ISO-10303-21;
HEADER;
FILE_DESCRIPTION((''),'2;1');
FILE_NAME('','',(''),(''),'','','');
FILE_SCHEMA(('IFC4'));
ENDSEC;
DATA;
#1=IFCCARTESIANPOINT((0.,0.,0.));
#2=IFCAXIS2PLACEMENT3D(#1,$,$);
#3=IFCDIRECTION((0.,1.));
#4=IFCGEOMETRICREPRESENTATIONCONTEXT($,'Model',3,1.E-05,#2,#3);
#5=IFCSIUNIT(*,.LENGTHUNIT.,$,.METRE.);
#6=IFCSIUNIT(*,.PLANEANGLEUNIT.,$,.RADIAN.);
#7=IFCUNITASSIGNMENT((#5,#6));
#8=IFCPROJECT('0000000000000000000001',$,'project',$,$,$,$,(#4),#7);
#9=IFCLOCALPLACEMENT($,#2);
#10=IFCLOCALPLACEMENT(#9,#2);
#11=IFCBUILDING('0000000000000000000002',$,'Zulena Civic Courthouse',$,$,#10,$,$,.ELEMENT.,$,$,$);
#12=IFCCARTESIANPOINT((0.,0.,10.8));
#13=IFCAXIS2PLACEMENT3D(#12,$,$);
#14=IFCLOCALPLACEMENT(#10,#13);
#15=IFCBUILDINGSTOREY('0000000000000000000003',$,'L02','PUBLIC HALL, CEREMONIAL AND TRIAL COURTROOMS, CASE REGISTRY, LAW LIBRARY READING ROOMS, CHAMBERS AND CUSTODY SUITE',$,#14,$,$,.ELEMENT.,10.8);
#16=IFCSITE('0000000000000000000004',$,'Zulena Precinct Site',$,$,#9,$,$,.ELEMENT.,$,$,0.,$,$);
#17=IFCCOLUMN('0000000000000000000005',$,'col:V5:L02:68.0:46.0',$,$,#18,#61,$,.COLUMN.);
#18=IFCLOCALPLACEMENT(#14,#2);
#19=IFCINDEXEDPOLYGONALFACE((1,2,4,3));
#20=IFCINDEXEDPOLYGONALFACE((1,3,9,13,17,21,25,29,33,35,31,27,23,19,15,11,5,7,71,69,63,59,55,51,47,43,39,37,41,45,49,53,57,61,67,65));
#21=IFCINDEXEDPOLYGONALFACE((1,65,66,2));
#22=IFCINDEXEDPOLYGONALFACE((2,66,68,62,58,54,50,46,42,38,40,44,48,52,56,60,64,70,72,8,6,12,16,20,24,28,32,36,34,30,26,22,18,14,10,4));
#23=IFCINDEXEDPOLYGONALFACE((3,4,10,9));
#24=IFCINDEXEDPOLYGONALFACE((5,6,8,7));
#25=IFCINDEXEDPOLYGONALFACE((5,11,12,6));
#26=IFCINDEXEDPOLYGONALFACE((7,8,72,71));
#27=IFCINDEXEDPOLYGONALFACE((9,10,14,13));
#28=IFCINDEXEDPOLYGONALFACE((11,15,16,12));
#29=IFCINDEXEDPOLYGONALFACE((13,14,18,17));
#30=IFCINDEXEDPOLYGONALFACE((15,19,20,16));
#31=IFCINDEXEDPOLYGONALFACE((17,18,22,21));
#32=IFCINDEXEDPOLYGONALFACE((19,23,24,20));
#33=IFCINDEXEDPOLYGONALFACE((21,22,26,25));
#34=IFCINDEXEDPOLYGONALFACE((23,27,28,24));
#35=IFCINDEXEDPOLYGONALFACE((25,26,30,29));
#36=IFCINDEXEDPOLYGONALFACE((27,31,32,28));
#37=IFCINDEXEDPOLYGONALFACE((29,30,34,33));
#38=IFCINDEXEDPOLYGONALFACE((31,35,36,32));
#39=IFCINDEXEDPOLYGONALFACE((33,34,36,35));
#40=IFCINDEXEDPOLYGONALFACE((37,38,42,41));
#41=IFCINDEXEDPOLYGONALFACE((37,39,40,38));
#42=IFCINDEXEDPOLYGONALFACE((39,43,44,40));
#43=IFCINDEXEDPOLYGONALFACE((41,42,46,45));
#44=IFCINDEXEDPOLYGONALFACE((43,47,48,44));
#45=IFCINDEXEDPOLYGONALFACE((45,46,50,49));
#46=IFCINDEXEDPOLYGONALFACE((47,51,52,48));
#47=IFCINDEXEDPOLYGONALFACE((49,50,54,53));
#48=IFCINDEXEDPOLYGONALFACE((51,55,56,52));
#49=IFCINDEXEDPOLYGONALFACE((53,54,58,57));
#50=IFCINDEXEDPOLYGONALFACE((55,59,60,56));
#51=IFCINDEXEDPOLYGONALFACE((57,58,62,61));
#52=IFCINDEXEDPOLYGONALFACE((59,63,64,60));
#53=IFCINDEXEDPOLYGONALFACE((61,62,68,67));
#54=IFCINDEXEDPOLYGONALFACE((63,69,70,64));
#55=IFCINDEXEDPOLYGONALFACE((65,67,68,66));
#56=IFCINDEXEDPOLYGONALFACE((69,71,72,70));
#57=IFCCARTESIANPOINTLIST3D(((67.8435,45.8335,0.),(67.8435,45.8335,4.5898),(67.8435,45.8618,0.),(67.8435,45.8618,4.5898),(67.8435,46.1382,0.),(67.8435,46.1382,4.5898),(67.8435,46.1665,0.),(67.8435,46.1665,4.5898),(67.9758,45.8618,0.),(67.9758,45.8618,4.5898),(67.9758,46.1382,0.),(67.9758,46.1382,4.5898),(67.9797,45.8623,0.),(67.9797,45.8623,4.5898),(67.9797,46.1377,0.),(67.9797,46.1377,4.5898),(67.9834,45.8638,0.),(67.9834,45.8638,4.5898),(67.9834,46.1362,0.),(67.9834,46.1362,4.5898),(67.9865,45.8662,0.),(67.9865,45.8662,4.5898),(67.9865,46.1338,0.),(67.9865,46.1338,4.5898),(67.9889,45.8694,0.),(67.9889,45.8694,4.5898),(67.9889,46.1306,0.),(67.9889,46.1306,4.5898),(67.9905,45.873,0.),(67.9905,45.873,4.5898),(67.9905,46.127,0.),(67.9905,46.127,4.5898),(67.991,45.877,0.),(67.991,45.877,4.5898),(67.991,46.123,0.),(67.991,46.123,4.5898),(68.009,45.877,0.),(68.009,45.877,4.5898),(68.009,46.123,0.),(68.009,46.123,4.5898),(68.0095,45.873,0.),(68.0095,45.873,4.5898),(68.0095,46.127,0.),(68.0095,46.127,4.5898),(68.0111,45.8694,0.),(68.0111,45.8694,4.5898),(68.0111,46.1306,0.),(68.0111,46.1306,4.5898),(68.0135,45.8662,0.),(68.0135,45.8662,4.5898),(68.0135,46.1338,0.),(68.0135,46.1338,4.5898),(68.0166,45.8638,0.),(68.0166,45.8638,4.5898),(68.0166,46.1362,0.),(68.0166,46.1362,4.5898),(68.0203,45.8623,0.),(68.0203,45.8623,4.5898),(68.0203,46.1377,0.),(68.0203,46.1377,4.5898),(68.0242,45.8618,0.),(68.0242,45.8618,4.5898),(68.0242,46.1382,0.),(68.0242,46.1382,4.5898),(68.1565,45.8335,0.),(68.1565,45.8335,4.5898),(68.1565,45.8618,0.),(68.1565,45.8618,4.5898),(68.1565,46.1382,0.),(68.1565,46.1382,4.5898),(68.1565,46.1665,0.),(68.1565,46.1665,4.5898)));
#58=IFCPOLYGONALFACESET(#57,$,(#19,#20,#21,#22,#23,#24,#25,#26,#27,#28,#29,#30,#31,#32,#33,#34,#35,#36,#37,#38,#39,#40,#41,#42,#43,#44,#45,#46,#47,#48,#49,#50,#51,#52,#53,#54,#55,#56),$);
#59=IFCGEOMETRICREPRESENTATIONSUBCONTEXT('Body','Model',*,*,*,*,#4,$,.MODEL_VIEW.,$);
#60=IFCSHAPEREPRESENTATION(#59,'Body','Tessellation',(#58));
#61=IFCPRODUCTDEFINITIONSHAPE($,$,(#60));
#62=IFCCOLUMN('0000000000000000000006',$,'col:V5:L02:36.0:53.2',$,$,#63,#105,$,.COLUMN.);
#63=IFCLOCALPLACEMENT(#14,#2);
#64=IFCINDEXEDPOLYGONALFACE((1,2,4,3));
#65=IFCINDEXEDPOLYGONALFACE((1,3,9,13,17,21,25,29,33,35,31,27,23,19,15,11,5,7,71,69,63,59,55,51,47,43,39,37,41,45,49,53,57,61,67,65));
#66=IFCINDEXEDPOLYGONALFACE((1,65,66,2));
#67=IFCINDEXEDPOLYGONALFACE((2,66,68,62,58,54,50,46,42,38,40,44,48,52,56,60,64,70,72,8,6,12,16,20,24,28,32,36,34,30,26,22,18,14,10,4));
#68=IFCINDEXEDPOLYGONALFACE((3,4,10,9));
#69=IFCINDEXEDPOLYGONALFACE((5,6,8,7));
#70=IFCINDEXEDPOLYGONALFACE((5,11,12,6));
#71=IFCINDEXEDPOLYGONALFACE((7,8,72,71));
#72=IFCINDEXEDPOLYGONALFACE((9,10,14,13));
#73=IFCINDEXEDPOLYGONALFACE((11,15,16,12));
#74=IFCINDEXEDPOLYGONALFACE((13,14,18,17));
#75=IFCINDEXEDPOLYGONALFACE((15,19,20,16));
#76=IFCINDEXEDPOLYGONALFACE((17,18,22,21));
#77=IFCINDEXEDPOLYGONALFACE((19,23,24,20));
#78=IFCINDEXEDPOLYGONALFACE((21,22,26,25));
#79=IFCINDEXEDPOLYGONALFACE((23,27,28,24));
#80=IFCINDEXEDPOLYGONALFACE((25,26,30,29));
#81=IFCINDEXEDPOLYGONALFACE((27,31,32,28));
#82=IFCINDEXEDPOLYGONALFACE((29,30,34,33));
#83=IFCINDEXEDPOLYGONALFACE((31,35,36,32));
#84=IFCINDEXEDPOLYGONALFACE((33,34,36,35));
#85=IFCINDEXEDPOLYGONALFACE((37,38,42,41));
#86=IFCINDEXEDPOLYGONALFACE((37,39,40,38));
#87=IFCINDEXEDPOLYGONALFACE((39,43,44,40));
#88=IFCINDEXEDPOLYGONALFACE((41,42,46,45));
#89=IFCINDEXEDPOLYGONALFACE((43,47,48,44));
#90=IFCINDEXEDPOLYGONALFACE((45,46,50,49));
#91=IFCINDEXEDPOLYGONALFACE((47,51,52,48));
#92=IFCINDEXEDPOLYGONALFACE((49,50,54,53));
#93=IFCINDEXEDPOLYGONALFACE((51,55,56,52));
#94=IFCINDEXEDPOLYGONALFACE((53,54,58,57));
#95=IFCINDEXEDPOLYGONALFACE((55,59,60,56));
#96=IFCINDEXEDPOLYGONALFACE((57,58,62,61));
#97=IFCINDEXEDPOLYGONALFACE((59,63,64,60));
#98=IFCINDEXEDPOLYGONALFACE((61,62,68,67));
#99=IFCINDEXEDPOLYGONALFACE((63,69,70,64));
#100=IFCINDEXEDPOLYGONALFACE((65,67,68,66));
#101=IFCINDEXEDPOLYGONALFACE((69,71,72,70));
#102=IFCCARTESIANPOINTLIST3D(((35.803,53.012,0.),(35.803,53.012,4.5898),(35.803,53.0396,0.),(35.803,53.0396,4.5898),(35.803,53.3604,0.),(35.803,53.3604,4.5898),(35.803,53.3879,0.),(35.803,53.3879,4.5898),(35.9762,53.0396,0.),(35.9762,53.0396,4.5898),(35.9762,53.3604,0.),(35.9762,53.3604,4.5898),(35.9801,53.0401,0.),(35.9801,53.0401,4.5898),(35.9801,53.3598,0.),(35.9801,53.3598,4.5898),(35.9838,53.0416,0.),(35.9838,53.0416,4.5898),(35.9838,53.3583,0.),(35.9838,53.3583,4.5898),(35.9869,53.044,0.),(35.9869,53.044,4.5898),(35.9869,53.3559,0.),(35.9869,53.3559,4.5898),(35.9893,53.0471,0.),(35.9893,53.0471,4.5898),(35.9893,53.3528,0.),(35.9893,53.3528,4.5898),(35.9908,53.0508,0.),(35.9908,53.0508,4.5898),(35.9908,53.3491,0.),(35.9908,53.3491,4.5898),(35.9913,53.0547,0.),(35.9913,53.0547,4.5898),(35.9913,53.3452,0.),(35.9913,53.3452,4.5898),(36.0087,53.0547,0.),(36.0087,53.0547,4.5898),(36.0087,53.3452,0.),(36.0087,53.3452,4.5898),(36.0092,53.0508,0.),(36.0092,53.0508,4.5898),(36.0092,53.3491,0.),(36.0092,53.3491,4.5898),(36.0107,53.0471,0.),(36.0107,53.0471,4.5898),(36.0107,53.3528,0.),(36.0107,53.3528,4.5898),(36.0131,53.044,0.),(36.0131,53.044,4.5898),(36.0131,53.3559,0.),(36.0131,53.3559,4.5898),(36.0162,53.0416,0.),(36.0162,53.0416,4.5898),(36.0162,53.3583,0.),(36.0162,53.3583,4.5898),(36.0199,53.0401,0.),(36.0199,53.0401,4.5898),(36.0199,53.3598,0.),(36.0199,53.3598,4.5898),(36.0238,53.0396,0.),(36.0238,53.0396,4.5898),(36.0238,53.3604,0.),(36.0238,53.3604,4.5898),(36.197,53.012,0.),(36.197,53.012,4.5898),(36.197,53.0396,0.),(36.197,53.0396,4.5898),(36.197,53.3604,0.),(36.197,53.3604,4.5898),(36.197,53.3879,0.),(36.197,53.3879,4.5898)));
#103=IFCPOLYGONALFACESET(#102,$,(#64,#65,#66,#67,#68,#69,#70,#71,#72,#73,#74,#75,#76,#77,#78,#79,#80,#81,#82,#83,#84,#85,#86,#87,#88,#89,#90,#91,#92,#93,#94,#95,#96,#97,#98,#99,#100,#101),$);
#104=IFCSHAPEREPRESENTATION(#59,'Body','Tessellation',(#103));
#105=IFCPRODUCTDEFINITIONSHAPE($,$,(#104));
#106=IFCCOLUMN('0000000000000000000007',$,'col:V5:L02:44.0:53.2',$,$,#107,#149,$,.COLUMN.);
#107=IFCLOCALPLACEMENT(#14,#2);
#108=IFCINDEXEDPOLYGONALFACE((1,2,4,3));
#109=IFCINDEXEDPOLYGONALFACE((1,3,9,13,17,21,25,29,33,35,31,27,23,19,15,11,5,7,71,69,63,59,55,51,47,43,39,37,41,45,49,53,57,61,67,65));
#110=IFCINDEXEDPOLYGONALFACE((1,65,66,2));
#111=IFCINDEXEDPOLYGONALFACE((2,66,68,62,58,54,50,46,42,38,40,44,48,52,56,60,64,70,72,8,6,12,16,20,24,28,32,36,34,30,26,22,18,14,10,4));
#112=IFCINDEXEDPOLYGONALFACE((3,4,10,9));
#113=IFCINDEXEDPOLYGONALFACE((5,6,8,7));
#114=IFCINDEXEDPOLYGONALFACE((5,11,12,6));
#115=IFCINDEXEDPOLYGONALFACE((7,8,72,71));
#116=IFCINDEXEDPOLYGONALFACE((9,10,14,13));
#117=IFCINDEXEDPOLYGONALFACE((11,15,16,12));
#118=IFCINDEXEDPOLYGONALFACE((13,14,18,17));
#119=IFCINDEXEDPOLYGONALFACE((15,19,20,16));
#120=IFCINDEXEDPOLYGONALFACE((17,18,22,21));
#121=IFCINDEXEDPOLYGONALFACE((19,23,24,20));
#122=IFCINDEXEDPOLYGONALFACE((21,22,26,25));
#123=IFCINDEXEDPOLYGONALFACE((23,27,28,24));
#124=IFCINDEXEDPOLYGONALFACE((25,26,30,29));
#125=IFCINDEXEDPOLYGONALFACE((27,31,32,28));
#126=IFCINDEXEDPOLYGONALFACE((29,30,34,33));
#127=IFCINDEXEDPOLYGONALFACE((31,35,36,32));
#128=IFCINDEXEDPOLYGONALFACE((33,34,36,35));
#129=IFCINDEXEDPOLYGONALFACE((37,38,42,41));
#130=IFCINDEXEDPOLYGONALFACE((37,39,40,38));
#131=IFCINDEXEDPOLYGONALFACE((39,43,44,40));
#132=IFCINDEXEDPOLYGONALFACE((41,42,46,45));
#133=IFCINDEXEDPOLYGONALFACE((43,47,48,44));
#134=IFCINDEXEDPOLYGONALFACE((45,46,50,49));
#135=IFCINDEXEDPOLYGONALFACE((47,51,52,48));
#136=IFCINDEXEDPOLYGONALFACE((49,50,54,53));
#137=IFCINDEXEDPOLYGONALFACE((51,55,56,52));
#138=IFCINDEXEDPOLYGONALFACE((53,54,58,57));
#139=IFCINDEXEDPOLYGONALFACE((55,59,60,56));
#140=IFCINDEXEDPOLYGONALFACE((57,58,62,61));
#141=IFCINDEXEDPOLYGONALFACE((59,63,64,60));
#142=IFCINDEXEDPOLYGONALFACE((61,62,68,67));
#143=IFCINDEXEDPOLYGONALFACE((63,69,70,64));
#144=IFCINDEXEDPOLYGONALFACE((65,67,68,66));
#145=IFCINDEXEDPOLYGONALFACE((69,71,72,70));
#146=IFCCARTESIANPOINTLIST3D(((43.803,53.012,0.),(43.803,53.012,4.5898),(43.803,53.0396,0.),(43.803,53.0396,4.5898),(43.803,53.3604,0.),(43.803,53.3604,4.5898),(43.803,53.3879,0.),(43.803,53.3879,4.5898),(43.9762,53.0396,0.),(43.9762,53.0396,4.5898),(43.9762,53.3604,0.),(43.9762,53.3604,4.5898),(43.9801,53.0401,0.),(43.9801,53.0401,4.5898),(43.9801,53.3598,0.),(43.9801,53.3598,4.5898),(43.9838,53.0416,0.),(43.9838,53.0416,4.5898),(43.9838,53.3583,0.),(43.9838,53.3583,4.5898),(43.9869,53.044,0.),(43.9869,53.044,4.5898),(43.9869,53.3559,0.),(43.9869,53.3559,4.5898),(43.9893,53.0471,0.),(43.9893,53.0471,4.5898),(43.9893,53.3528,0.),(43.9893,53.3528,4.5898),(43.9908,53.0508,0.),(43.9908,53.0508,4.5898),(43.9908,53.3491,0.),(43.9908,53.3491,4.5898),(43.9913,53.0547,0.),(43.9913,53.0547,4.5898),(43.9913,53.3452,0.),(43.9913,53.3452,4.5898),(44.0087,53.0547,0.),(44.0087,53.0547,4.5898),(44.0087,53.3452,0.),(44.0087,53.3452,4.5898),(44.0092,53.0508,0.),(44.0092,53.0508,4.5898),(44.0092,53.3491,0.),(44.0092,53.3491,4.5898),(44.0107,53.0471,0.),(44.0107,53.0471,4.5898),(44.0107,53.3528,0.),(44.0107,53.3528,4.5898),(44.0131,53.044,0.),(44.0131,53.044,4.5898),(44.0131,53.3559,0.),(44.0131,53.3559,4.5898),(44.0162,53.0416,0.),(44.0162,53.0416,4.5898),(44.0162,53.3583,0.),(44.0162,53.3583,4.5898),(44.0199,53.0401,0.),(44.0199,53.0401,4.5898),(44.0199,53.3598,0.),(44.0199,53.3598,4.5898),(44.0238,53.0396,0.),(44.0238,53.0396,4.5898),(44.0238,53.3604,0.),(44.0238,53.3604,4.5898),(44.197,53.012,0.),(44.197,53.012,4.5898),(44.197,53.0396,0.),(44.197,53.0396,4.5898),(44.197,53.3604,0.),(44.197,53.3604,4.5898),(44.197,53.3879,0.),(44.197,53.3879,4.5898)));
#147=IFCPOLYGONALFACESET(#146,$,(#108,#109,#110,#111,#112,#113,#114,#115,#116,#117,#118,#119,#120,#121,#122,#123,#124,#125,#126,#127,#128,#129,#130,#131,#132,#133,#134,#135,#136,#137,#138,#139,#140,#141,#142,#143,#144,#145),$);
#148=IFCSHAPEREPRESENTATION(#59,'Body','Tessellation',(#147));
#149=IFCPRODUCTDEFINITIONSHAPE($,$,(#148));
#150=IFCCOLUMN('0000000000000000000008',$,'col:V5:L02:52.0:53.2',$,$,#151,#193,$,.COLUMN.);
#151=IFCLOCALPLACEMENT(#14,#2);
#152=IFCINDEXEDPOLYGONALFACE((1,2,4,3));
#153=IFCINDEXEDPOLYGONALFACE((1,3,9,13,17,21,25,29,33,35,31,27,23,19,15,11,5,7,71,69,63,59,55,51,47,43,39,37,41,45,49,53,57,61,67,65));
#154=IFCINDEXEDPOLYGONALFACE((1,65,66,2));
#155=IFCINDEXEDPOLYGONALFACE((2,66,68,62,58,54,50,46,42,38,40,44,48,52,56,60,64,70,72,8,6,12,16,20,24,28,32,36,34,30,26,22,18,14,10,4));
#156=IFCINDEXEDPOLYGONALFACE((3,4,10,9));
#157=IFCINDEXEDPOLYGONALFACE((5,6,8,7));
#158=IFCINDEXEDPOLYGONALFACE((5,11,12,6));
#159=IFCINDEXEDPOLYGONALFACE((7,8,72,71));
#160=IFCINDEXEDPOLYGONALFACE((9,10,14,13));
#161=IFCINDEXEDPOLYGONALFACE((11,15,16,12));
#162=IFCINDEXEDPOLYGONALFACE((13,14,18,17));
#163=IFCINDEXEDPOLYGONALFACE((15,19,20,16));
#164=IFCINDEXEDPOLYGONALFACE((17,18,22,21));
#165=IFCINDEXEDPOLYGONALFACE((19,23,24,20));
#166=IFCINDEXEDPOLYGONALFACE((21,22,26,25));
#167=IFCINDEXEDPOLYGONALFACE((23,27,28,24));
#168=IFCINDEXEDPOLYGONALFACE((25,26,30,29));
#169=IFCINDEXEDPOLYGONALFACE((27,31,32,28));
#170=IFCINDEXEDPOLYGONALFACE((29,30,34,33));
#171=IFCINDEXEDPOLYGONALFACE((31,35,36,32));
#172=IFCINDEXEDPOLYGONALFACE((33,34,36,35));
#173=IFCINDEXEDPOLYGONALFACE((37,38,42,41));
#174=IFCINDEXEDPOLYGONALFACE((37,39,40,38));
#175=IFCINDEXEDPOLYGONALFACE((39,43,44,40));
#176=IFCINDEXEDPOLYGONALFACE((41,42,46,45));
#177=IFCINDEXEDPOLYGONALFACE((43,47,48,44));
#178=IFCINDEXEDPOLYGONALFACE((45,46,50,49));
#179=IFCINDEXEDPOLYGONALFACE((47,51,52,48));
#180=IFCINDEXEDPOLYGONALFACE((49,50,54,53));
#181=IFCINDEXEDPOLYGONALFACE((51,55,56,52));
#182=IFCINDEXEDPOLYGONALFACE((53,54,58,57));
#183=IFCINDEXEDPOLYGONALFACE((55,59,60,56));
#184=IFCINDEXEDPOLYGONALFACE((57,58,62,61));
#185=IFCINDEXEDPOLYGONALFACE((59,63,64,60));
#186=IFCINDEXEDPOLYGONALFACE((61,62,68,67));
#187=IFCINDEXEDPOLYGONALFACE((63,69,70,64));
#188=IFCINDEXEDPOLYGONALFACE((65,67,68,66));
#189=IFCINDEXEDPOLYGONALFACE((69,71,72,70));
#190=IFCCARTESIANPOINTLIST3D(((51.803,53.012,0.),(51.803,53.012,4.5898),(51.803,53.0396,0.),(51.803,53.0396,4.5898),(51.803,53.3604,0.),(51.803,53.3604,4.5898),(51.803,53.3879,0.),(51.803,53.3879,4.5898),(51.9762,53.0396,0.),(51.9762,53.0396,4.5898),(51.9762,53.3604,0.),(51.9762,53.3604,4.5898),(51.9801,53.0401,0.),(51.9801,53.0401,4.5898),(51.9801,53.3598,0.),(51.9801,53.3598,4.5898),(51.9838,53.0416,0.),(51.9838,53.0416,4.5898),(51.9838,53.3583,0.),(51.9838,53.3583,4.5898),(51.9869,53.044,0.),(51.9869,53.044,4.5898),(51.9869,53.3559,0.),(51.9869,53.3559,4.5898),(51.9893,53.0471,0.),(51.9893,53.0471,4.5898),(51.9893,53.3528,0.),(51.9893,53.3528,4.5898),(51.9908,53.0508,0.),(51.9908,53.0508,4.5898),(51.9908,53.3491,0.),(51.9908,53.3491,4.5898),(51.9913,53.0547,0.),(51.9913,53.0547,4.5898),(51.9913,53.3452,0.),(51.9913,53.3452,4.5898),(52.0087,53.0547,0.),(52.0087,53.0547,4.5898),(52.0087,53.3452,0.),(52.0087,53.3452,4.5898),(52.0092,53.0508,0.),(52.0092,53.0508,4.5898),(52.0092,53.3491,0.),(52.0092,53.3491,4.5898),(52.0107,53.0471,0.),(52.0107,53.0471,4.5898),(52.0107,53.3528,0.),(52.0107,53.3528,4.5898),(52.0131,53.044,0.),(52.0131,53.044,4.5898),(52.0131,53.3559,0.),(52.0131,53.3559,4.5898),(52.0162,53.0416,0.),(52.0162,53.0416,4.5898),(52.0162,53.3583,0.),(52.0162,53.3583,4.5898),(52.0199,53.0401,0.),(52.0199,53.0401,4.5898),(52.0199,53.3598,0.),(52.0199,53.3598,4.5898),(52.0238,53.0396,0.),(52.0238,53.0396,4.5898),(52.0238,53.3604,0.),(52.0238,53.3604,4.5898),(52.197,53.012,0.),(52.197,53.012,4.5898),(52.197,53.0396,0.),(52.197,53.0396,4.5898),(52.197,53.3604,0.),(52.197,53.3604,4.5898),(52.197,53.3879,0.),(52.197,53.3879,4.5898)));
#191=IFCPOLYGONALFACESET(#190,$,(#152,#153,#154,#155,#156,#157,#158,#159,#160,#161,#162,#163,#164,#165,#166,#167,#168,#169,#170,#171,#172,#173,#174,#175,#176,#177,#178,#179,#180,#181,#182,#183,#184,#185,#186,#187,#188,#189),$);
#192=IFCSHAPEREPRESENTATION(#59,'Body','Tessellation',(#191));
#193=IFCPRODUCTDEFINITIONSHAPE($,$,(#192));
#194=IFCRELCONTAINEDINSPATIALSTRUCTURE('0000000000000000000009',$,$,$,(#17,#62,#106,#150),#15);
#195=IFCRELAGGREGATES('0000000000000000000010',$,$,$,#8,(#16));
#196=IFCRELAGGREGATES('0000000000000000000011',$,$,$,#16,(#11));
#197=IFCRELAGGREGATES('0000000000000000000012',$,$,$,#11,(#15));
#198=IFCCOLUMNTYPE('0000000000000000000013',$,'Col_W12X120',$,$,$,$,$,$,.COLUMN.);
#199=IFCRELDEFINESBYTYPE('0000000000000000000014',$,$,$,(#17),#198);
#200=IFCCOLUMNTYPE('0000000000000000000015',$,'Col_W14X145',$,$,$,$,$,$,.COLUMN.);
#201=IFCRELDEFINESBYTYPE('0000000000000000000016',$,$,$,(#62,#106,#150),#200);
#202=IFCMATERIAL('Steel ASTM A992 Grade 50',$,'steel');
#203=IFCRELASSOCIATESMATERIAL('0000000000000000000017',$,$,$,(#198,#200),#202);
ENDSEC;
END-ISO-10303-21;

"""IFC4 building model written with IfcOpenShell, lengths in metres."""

from ifc_helpers import new_model, si_unit, direction, frame, origin, origin_2d, place, context, subcontext, project, spatial, i_section, extrude, material, material_profile, profile_set, type_object, element, save


model = new_model("IFC4")

# Units and contexts
model_context = context("Model", 3, precision=1e-05, world=origin(), true_north=direction((0.0, 1.0)))
body_context = subcontext(model_context, "Body", "Model", "MODEL_VIEW")
ifc_project = project(units=[si_unit("LENGTHUNIT", "METRE"), si_unit("PLANEANGLEUNIT", "RADIAN")], contexts=[model_context])

# Site, building, storey
site_placement = place(None, origin())
site = spatial("IfcSite", under=ifc_project, at=site_placement, Name="Zulena Precinct Site", CompositionType="ELEMENT", RefElevation=0.0)
building_placement = place(site_placement, origin())
building = spatial("IfcBuilding", under=site, at=building_placement, Name="Zulena Civic Courthouse", CompositionType="ELEMENT")
storey_placement = place(building_placement, frame((0.0, 0.0, 10.8)))
storey = spatial("IfcBuildingStorey", under=building, at=storey_placement, Name="L02", Description="PUBLIC HALL, CEREMONIAL AND TRIAL COURTROOMS, CASE REGISTRY, LAW LIBRARY READING ROOMS, CHAMBERS AND CUSTODY SUITE", CompositionType="ELEMENT", Elevation=10.8)

# Columns
ifc_material_1 = material(Name="Steel ASTM A992 Grade 50", Category="steel")
ifc_material_profile_1 = material_profile(ifc_material_1, i_section(OverallWidth=0.313, OverallDepth=0.333, WebThickness=0.0181, FlangeThickness=0.0283, FilletRadius=0.0151, at=origin_2d()), Name="W12X120")
ifc_profile_set_1 = profile_set([ifc_material_profile_1], Name="Steel ASTM A992 Grade 50")
column_type_1 = type_object("IfcColumnType", Name="Col_W12X120", PredefinedType="COLUMN", material=ifc_profile_set_1)
column_placement = place(storey_placement, frame((68.0, 46.0, 0.0), z_axis=(0.0, 0.0, 1.0), x_axis=(1.0, 0.0, 0.0)))
element("IfcColumn", 1, at=column_placement, inside=storey, type_object=column_type_1, Name="col:V5:L02:68.0:46.0", PredefinedType="COLUMN", context=body_context, shape_type="SweptSolid", body=[
    extrude(i_section(OverallWidth=0.313, OverallDepth=0.333, WebThickness=0.0181, FlangeThickness=0.0283, FilletRadius=0.0151, at=origin_2d()), origin(), (0.0, 0.0, 1.0), 4.5898),
])
ifc_material_profile_2 = material_profile(ifc_material_1, i_section(OverallWidth=0.394, OverallDepth=0.376, WebThickness=0.0173, FlangeThickness=0.0276, FilletRadius=0.0151, at=origin_2d()), Name="W14X145")
ifc_profile_set_2 = profile_set([ifc_material_profile_2], Name="Steel ASTM A992 Grade 50")
column_type_2 = type_object("IfcColumnType", Name="Col_W14X145", PredefinedType="COLUMN", material=ifc_profile_set_2)
for number, where, z_axis, x_axis, name in (
    (2, (36.0, 53.2, 0.0), (0.0, 0.0, 1.0), (1.0, 0.0, 0.0), "col:V5:L02:36.0:53.2"),
    (3, (44.0, 53.2, 0.0), (0.0, 0.0, 1.0), (1.0, 0.0, 0.0), "col:V5:L02:44.0:53.2"),
    (4, (52.0, 53.2, 0.0), (0.0, 0.0, 1.0), (1.0, 0.0, 0.0), "col:V5:L02:52.0:53.2"),
):
    element("IfcColumn", number, at=place(storey_placement, frame(where, z_axis=z_axis, x_axis=x_axis)), inside=storey, type_object=column_type_2, Name=name, PredefinedType="COLUMN", context=body_context, shape_type="SweptSolid", body=[
        extrude(i_section(OverallWidth=0.394, OverallDepth=0.376, WebThickness=0.0173, FlangeThickness=0.0276, FilletRadius=0.0151, at=origin_2d()), origin(), (0.0, 0.0, 1.0), 4.5898),
    ])

save(model, "model.ifc")
